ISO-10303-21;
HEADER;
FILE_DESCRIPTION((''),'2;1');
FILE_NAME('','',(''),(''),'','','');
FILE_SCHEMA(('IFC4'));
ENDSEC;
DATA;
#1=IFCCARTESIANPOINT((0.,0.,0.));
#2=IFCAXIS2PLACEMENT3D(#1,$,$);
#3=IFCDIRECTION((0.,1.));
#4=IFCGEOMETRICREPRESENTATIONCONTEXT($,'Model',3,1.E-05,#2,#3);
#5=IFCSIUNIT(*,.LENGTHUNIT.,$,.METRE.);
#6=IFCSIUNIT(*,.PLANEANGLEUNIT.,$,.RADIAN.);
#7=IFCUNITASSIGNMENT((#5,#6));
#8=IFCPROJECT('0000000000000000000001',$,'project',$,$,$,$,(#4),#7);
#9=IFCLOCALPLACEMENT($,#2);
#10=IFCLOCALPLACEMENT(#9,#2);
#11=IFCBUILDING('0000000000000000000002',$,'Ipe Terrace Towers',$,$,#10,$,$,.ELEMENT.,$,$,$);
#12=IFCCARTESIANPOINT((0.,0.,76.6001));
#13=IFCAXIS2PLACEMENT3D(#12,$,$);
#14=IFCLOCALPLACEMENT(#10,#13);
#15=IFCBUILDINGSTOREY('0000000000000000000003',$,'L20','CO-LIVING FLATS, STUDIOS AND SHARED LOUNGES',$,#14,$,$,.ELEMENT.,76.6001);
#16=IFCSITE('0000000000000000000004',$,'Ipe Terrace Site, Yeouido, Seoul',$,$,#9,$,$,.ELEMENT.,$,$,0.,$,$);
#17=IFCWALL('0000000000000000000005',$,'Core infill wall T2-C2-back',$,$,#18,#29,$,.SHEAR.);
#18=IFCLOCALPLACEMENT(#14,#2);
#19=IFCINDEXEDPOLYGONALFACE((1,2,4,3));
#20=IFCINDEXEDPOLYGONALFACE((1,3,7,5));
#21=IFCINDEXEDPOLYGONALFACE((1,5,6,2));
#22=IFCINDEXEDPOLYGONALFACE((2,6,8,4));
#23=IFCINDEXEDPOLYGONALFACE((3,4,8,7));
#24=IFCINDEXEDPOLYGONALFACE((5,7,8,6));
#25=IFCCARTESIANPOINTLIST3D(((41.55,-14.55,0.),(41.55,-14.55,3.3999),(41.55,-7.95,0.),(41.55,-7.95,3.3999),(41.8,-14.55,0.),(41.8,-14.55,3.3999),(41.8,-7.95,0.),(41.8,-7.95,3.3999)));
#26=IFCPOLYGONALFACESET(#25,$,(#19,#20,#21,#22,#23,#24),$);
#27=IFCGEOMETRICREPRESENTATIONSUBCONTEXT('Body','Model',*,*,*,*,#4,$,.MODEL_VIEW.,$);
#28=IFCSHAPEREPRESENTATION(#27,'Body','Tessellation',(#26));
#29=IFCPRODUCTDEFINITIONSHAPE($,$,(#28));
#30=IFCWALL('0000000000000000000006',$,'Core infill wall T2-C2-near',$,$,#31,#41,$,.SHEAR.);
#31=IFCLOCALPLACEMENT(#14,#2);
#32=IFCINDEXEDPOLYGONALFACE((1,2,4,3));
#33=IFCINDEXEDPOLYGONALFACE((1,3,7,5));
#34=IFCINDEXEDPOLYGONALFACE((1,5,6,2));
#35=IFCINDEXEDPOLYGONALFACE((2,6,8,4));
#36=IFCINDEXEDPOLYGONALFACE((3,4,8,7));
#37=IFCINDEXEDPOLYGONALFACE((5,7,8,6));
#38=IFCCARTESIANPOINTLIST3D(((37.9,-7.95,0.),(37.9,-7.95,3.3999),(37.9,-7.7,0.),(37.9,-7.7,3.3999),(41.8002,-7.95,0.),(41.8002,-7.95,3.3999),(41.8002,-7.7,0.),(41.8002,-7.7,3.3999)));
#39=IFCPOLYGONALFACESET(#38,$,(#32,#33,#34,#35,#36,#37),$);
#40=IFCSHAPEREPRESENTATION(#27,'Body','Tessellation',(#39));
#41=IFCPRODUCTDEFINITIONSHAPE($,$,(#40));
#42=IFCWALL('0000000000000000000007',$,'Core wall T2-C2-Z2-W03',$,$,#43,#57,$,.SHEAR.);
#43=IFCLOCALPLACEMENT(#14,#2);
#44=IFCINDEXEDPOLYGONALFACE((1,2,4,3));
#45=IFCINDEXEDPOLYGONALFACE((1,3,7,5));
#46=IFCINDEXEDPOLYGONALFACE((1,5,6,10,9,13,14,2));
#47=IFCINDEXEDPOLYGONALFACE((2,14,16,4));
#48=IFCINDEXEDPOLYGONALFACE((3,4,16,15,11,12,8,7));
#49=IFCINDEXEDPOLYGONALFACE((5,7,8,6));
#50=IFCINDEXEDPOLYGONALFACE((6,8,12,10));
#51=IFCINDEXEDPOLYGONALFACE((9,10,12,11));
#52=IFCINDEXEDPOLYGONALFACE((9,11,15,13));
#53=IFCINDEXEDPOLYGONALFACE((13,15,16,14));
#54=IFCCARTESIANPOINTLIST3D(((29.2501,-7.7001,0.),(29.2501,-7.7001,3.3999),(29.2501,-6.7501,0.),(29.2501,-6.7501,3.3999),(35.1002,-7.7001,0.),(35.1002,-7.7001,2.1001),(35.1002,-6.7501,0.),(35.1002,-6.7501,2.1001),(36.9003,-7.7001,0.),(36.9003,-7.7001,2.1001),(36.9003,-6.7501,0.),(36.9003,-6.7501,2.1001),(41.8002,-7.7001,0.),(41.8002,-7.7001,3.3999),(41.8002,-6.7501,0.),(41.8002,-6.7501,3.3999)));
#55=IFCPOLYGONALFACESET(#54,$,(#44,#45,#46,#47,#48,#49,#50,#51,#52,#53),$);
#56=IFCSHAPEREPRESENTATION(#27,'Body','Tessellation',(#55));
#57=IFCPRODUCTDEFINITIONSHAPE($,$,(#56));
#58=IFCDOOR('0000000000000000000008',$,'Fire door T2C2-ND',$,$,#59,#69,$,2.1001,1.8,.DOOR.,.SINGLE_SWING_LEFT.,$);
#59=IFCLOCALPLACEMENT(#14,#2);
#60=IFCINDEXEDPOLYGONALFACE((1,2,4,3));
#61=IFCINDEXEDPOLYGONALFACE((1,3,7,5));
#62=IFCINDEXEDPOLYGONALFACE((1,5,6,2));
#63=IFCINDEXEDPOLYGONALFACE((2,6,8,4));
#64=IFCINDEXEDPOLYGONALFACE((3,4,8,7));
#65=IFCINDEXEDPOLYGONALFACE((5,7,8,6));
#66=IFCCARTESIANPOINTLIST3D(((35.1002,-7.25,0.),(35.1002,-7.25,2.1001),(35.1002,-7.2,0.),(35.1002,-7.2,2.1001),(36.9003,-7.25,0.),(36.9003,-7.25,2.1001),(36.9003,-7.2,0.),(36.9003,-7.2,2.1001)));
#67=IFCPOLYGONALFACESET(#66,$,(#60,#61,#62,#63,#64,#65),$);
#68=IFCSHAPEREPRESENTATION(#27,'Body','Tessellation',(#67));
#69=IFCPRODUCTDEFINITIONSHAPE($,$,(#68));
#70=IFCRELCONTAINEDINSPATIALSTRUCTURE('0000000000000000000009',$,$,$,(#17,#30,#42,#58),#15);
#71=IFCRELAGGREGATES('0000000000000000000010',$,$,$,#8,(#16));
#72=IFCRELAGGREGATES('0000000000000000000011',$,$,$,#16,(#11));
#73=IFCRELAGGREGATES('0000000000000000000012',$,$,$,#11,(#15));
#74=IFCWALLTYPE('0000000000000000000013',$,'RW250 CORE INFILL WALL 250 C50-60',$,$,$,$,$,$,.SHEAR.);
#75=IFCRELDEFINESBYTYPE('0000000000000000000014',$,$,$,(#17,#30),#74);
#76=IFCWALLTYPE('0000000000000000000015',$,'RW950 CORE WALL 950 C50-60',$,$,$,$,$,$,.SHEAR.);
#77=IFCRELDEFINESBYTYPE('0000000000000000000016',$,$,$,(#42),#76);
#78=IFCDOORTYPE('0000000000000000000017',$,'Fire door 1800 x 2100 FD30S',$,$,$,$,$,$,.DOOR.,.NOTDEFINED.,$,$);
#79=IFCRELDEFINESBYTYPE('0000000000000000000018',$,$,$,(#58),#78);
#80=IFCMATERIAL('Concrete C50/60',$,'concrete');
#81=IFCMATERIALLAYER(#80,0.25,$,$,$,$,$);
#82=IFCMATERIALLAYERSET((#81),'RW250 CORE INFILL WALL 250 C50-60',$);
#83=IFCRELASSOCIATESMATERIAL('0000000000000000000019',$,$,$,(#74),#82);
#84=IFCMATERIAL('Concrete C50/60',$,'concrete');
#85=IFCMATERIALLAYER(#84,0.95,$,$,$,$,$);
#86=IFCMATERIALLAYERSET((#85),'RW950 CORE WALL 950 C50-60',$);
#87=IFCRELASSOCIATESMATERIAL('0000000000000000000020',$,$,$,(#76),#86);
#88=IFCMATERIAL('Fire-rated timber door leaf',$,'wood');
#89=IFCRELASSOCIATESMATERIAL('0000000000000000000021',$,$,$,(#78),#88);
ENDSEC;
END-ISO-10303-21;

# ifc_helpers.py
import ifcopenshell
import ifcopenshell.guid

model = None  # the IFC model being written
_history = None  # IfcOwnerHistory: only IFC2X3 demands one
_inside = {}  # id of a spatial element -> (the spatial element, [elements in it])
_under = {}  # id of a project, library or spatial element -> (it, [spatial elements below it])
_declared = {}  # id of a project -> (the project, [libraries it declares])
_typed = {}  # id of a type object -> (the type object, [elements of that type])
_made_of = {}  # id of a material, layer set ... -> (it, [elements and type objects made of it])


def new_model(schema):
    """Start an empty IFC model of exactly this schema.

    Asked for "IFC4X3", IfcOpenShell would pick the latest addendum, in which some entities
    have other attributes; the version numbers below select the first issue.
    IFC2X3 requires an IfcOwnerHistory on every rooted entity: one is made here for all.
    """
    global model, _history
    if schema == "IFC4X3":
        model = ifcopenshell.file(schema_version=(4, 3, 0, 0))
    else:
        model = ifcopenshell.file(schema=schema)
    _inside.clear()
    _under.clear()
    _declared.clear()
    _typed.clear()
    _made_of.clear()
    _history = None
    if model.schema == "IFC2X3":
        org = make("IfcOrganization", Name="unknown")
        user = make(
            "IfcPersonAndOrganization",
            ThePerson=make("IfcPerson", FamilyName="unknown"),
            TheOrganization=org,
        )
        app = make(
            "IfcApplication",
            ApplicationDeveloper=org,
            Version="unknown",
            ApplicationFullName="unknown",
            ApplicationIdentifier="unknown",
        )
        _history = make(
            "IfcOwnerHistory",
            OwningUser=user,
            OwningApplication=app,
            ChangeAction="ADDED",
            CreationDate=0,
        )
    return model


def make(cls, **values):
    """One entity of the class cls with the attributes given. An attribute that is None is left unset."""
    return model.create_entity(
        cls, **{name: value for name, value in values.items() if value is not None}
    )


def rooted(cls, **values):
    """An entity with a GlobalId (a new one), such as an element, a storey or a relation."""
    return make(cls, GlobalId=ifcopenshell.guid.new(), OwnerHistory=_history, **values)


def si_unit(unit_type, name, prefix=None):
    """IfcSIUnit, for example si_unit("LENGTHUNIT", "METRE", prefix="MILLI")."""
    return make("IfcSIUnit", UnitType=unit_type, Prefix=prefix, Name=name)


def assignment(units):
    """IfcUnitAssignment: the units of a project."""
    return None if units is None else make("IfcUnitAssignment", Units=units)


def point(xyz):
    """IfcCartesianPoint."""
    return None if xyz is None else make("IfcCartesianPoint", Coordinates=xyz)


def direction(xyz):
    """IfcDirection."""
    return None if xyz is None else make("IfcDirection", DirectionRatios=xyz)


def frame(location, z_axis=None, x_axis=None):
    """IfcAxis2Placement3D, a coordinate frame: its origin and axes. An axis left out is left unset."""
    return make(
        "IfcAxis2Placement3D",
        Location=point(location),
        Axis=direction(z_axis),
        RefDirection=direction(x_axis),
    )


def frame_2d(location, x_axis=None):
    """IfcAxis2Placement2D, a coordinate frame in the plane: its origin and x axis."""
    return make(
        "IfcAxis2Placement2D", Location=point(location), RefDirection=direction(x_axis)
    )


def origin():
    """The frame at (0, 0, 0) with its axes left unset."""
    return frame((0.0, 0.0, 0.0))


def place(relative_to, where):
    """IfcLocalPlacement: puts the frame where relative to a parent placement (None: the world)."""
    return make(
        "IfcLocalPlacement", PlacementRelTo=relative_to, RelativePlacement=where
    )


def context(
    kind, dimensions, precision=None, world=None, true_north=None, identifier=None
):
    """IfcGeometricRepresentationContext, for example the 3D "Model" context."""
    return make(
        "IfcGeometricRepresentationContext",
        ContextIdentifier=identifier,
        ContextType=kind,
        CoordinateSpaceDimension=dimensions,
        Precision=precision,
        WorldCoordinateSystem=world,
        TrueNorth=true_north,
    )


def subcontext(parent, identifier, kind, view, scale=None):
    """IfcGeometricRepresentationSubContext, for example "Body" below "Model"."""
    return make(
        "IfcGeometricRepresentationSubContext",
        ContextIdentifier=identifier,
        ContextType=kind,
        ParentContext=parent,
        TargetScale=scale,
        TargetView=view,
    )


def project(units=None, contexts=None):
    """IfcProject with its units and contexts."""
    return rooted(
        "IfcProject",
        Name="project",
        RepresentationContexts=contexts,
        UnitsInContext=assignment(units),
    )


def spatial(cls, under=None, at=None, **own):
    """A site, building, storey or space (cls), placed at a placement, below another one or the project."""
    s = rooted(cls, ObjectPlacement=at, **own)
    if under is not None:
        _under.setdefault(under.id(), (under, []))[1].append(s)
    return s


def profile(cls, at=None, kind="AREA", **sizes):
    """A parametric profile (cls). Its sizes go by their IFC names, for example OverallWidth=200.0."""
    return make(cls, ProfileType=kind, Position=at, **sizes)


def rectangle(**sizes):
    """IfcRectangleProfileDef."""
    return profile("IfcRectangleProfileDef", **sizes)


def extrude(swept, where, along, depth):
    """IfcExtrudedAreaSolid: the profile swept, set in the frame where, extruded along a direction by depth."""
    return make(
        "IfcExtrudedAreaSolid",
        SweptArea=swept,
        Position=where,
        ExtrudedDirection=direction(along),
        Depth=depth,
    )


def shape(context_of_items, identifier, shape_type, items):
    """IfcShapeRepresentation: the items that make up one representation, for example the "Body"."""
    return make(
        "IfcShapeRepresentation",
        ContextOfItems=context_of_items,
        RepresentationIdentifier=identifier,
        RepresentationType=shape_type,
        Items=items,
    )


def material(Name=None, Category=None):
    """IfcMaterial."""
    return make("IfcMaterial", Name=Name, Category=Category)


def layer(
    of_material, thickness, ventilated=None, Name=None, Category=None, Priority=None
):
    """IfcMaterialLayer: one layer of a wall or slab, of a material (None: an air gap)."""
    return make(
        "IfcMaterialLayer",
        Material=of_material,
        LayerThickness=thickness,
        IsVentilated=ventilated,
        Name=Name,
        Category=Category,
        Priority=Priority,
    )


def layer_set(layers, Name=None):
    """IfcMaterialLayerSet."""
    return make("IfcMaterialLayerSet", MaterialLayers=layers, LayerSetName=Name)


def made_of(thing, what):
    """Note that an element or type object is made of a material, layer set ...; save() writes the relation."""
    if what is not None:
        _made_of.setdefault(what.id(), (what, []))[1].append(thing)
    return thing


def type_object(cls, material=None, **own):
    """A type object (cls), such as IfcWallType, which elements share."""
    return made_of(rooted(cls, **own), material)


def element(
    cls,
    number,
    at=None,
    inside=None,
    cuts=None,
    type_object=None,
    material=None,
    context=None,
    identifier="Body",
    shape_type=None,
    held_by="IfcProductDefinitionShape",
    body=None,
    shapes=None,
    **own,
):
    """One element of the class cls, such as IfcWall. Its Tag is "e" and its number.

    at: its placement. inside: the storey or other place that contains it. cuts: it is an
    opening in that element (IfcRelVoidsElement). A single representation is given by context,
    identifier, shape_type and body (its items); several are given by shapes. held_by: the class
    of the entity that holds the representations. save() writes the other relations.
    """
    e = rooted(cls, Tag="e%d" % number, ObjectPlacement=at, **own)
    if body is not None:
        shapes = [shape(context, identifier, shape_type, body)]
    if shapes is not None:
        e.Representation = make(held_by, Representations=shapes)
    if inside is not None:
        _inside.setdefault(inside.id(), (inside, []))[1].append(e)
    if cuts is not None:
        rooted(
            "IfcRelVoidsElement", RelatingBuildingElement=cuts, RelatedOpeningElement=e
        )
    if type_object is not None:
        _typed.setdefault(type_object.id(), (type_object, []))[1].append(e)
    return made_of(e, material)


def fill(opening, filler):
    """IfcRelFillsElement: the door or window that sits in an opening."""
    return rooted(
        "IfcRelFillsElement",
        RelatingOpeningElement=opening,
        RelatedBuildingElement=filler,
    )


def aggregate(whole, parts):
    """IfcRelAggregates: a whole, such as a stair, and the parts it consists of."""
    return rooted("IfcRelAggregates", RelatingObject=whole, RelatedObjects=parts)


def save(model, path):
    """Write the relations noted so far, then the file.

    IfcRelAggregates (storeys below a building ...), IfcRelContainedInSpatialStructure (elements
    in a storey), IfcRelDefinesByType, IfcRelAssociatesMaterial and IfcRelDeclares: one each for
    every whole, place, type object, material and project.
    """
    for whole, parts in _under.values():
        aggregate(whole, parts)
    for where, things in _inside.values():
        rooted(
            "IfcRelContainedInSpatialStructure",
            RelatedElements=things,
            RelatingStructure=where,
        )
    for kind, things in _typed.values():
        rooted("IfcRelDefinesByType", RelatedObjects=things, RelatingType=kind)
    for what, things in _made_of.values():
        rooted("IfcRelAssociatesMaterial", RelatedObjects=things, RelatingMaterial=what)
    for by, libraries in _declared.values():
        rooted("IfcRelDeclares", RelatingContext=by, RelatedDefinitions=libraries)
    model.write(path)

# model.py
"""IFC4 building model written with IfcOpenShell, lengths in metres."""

from ifc_helpers import new_model, si_unit, direction, frame, frame_2d, origin, place, context, subcontext, project, spatial, rectangle, extrude, material, layer, layer_set, type_object, element, fill, save


model = new_model("IFC4")

# Units and contexts
model_context = context("Model", 3, precision=1e-05, world=origin(), true_north=direction((0.0, 1.0)))
body_context = subcontext(model_context, "Body", "Model", "MODEL_VIEW")
ifc_project = project(units=[si_unit("LENGTHUNIT", "METRE"), si_unit("PLANEANGLEUNIT", "RADIAN")], contexts=[model_context])

# Site, building, storey
site_placement = place(None, origin())
site = spatial("IfcSite", under=ifc_project, at=site_placement, Name="Ipe Terrace Site, Yeouido, Seoul", CompositionType="ELEMENT", RefElevation=0.0)
building_placement = place(site_placement, origin())
building = spatial("IfcBuilding", under=site, at=building_placement, Name="Ipe Terrace Towers", CompositionType="ELEMENT")
storey_placement = place(building_placement, frame((0.0, 0.0, 76.6001)))
storey = spatial("IfcBuildingStorey", under=building, at=storey_placement, Name="L20", Description="CO-LIVING FLATS, STUDIOS AND SHARED LOUNGES", CompositionType="ELEMENT", Elevation=76.6001)

# Walls
ifc_material_1 = material(Name="Concrete C50/60", Category="concrete")
ifc_layer_1 = layer(ifc_material_1, 0.25)
ifc_layer_set_1 = layer_set([ifc_layer_1], Name="RW250 CORE INFILL WALL 250 C50-60")
wall_type_1 = type_object("IfcWallType", Name="RW250 CORE INFILL WALL 250 C50-60", PredefinedType="SHEAR", material=ifc_layer_set_1)
wall_1_placement = place(storey_placement, frame((41.675, -7.95, 0.0), z_axis=(0.0, 0.0, 1.0), x_axis=(0.0, -1.0, 0.0)))
element("IfcWall", 1, at=wall_1_placement, inside=storey, type_object=wall_type_1, Name="Core infill wall T2-C2-back", PredefinedType="SHEAR", context=body_context, shape_type="SweptSolid", body=[
    extrude(rectangle(XDim=6.6001, YDim=0.25, at=frame_2d((3.3, 0.0))), origin(), (0.0, 0.0, 1.0), 3.3999),
])
wall_2_placement = place(storey_placement, frame((37.8999, -7.825, 0.0), z_axis=(0.0, 0.0, 1.0), x_axis=(1.0, 0.0, 0.0)))
element("IfcWall", 2, at=wall_2_placement, inside=storey, type_object=wall_type_1, Name="Core infill wall T2-C2-near", PredefinedType="SHEAR", context=body_context, shape_type="SweptSolid", body=[
    extrude(rectangle(XDim=3.9001, YDim=0.25, at=frame_2d((1.9502, 0.0))), origin(), (0.0, 0.0, 1.0), 3.3999),
])

# Wall, opening, door
ifc_material_2 = material(Name="Concrete C50/60", Category="concrete")
ifc_layer_2 = layer(ifc_material_2, 0.95)
ifc_layer_set_2 = layer_set([ifc_layer_2], Name="RW950 CORE WALL 950 C50-60")
wall_type_2 = type_object("IfcWallType", Name="RW950 CORE WALL 950 C50-60", PredefinedType="SHEAR", material=ifc_layer_set_2)
wall_3_placement = place(storey_placement, frame((41.8, -7.2251, 0.0), z_axis=(0.0, 0.0, 1.0), x_axis=(-1.0, 0.0, 0.0)))
wall_3 = element("IfcWall", 3, at=wall_3_placement, inside=storey, type_object=wall_type_2, Name="Core wall T2-C2-Z2-W03", PredefinedType="SHEAR", context=body_context, shape_type="SweptSolid", body=[
    extrude(rectangle(XDim=12.55, YDim=0.95, at=frame_2d((6.2749, 0.0))), origin(), (0.0, 0.0, 1.0), 3.3999),
])
opening_1_placement = place(wall_3_placement, frame((4.8999, 0.0, 0.0)))
opening_1 = element("IfcOpeningElement", 4, at=opening_1_placement, cuts=wall_3, PredefinedType="OPENING", context=body_context, shape_type="SweptSolid", body=[
    extrude(rectangle(XDim=1.8, YDim=2.1001, at=frame_2d((0.8999, 1.05))), frame((0.0, 0.4849, 0.0), z_axis=(0.0, -1.0, 0.0), x_axis=(1.0, 0.0, 0.0)), (0.0, 0.0, 1.0), 0.97),
])
ifc_material_3 = material(Name="Fire-rated timber door leaf", Category="wood")
door_type_1 = type_object("IfcDoorType", Name="Fire door 1800 x 2100 FD30S", OperationType="NOTDEFINED", PredefinedType="DOOR", material=ifc_material_3)
door_1_placement = place(opening_1_placement, origin())
door_1 = element("IfcDoor", 5, at=door_1_placement, inside=storey, type_object=door_type_1, Name="Fire door T2C2-ND", OperationType="SINGLE_SWING_LEFT", OverallHeight=2.1001, OverallWidth=1.8, PredefinedType="DOOR", context=body_context, shape_type="SweptSolid", body=[
    extrude(rectangle(XDim=1.8, YDim=2.1001, at=frame_2d((0.8999, 1.05))), frame((0.0, 0.0249, 0.0), z_axis=(0.0, -1.0, 0.0), x_axis=(1.0, 0.0, 0.0)), (0.0, 0.0, 1.0), 0.05),
])
fill(opening_1, door_1)

save(model, "model.ifc")
